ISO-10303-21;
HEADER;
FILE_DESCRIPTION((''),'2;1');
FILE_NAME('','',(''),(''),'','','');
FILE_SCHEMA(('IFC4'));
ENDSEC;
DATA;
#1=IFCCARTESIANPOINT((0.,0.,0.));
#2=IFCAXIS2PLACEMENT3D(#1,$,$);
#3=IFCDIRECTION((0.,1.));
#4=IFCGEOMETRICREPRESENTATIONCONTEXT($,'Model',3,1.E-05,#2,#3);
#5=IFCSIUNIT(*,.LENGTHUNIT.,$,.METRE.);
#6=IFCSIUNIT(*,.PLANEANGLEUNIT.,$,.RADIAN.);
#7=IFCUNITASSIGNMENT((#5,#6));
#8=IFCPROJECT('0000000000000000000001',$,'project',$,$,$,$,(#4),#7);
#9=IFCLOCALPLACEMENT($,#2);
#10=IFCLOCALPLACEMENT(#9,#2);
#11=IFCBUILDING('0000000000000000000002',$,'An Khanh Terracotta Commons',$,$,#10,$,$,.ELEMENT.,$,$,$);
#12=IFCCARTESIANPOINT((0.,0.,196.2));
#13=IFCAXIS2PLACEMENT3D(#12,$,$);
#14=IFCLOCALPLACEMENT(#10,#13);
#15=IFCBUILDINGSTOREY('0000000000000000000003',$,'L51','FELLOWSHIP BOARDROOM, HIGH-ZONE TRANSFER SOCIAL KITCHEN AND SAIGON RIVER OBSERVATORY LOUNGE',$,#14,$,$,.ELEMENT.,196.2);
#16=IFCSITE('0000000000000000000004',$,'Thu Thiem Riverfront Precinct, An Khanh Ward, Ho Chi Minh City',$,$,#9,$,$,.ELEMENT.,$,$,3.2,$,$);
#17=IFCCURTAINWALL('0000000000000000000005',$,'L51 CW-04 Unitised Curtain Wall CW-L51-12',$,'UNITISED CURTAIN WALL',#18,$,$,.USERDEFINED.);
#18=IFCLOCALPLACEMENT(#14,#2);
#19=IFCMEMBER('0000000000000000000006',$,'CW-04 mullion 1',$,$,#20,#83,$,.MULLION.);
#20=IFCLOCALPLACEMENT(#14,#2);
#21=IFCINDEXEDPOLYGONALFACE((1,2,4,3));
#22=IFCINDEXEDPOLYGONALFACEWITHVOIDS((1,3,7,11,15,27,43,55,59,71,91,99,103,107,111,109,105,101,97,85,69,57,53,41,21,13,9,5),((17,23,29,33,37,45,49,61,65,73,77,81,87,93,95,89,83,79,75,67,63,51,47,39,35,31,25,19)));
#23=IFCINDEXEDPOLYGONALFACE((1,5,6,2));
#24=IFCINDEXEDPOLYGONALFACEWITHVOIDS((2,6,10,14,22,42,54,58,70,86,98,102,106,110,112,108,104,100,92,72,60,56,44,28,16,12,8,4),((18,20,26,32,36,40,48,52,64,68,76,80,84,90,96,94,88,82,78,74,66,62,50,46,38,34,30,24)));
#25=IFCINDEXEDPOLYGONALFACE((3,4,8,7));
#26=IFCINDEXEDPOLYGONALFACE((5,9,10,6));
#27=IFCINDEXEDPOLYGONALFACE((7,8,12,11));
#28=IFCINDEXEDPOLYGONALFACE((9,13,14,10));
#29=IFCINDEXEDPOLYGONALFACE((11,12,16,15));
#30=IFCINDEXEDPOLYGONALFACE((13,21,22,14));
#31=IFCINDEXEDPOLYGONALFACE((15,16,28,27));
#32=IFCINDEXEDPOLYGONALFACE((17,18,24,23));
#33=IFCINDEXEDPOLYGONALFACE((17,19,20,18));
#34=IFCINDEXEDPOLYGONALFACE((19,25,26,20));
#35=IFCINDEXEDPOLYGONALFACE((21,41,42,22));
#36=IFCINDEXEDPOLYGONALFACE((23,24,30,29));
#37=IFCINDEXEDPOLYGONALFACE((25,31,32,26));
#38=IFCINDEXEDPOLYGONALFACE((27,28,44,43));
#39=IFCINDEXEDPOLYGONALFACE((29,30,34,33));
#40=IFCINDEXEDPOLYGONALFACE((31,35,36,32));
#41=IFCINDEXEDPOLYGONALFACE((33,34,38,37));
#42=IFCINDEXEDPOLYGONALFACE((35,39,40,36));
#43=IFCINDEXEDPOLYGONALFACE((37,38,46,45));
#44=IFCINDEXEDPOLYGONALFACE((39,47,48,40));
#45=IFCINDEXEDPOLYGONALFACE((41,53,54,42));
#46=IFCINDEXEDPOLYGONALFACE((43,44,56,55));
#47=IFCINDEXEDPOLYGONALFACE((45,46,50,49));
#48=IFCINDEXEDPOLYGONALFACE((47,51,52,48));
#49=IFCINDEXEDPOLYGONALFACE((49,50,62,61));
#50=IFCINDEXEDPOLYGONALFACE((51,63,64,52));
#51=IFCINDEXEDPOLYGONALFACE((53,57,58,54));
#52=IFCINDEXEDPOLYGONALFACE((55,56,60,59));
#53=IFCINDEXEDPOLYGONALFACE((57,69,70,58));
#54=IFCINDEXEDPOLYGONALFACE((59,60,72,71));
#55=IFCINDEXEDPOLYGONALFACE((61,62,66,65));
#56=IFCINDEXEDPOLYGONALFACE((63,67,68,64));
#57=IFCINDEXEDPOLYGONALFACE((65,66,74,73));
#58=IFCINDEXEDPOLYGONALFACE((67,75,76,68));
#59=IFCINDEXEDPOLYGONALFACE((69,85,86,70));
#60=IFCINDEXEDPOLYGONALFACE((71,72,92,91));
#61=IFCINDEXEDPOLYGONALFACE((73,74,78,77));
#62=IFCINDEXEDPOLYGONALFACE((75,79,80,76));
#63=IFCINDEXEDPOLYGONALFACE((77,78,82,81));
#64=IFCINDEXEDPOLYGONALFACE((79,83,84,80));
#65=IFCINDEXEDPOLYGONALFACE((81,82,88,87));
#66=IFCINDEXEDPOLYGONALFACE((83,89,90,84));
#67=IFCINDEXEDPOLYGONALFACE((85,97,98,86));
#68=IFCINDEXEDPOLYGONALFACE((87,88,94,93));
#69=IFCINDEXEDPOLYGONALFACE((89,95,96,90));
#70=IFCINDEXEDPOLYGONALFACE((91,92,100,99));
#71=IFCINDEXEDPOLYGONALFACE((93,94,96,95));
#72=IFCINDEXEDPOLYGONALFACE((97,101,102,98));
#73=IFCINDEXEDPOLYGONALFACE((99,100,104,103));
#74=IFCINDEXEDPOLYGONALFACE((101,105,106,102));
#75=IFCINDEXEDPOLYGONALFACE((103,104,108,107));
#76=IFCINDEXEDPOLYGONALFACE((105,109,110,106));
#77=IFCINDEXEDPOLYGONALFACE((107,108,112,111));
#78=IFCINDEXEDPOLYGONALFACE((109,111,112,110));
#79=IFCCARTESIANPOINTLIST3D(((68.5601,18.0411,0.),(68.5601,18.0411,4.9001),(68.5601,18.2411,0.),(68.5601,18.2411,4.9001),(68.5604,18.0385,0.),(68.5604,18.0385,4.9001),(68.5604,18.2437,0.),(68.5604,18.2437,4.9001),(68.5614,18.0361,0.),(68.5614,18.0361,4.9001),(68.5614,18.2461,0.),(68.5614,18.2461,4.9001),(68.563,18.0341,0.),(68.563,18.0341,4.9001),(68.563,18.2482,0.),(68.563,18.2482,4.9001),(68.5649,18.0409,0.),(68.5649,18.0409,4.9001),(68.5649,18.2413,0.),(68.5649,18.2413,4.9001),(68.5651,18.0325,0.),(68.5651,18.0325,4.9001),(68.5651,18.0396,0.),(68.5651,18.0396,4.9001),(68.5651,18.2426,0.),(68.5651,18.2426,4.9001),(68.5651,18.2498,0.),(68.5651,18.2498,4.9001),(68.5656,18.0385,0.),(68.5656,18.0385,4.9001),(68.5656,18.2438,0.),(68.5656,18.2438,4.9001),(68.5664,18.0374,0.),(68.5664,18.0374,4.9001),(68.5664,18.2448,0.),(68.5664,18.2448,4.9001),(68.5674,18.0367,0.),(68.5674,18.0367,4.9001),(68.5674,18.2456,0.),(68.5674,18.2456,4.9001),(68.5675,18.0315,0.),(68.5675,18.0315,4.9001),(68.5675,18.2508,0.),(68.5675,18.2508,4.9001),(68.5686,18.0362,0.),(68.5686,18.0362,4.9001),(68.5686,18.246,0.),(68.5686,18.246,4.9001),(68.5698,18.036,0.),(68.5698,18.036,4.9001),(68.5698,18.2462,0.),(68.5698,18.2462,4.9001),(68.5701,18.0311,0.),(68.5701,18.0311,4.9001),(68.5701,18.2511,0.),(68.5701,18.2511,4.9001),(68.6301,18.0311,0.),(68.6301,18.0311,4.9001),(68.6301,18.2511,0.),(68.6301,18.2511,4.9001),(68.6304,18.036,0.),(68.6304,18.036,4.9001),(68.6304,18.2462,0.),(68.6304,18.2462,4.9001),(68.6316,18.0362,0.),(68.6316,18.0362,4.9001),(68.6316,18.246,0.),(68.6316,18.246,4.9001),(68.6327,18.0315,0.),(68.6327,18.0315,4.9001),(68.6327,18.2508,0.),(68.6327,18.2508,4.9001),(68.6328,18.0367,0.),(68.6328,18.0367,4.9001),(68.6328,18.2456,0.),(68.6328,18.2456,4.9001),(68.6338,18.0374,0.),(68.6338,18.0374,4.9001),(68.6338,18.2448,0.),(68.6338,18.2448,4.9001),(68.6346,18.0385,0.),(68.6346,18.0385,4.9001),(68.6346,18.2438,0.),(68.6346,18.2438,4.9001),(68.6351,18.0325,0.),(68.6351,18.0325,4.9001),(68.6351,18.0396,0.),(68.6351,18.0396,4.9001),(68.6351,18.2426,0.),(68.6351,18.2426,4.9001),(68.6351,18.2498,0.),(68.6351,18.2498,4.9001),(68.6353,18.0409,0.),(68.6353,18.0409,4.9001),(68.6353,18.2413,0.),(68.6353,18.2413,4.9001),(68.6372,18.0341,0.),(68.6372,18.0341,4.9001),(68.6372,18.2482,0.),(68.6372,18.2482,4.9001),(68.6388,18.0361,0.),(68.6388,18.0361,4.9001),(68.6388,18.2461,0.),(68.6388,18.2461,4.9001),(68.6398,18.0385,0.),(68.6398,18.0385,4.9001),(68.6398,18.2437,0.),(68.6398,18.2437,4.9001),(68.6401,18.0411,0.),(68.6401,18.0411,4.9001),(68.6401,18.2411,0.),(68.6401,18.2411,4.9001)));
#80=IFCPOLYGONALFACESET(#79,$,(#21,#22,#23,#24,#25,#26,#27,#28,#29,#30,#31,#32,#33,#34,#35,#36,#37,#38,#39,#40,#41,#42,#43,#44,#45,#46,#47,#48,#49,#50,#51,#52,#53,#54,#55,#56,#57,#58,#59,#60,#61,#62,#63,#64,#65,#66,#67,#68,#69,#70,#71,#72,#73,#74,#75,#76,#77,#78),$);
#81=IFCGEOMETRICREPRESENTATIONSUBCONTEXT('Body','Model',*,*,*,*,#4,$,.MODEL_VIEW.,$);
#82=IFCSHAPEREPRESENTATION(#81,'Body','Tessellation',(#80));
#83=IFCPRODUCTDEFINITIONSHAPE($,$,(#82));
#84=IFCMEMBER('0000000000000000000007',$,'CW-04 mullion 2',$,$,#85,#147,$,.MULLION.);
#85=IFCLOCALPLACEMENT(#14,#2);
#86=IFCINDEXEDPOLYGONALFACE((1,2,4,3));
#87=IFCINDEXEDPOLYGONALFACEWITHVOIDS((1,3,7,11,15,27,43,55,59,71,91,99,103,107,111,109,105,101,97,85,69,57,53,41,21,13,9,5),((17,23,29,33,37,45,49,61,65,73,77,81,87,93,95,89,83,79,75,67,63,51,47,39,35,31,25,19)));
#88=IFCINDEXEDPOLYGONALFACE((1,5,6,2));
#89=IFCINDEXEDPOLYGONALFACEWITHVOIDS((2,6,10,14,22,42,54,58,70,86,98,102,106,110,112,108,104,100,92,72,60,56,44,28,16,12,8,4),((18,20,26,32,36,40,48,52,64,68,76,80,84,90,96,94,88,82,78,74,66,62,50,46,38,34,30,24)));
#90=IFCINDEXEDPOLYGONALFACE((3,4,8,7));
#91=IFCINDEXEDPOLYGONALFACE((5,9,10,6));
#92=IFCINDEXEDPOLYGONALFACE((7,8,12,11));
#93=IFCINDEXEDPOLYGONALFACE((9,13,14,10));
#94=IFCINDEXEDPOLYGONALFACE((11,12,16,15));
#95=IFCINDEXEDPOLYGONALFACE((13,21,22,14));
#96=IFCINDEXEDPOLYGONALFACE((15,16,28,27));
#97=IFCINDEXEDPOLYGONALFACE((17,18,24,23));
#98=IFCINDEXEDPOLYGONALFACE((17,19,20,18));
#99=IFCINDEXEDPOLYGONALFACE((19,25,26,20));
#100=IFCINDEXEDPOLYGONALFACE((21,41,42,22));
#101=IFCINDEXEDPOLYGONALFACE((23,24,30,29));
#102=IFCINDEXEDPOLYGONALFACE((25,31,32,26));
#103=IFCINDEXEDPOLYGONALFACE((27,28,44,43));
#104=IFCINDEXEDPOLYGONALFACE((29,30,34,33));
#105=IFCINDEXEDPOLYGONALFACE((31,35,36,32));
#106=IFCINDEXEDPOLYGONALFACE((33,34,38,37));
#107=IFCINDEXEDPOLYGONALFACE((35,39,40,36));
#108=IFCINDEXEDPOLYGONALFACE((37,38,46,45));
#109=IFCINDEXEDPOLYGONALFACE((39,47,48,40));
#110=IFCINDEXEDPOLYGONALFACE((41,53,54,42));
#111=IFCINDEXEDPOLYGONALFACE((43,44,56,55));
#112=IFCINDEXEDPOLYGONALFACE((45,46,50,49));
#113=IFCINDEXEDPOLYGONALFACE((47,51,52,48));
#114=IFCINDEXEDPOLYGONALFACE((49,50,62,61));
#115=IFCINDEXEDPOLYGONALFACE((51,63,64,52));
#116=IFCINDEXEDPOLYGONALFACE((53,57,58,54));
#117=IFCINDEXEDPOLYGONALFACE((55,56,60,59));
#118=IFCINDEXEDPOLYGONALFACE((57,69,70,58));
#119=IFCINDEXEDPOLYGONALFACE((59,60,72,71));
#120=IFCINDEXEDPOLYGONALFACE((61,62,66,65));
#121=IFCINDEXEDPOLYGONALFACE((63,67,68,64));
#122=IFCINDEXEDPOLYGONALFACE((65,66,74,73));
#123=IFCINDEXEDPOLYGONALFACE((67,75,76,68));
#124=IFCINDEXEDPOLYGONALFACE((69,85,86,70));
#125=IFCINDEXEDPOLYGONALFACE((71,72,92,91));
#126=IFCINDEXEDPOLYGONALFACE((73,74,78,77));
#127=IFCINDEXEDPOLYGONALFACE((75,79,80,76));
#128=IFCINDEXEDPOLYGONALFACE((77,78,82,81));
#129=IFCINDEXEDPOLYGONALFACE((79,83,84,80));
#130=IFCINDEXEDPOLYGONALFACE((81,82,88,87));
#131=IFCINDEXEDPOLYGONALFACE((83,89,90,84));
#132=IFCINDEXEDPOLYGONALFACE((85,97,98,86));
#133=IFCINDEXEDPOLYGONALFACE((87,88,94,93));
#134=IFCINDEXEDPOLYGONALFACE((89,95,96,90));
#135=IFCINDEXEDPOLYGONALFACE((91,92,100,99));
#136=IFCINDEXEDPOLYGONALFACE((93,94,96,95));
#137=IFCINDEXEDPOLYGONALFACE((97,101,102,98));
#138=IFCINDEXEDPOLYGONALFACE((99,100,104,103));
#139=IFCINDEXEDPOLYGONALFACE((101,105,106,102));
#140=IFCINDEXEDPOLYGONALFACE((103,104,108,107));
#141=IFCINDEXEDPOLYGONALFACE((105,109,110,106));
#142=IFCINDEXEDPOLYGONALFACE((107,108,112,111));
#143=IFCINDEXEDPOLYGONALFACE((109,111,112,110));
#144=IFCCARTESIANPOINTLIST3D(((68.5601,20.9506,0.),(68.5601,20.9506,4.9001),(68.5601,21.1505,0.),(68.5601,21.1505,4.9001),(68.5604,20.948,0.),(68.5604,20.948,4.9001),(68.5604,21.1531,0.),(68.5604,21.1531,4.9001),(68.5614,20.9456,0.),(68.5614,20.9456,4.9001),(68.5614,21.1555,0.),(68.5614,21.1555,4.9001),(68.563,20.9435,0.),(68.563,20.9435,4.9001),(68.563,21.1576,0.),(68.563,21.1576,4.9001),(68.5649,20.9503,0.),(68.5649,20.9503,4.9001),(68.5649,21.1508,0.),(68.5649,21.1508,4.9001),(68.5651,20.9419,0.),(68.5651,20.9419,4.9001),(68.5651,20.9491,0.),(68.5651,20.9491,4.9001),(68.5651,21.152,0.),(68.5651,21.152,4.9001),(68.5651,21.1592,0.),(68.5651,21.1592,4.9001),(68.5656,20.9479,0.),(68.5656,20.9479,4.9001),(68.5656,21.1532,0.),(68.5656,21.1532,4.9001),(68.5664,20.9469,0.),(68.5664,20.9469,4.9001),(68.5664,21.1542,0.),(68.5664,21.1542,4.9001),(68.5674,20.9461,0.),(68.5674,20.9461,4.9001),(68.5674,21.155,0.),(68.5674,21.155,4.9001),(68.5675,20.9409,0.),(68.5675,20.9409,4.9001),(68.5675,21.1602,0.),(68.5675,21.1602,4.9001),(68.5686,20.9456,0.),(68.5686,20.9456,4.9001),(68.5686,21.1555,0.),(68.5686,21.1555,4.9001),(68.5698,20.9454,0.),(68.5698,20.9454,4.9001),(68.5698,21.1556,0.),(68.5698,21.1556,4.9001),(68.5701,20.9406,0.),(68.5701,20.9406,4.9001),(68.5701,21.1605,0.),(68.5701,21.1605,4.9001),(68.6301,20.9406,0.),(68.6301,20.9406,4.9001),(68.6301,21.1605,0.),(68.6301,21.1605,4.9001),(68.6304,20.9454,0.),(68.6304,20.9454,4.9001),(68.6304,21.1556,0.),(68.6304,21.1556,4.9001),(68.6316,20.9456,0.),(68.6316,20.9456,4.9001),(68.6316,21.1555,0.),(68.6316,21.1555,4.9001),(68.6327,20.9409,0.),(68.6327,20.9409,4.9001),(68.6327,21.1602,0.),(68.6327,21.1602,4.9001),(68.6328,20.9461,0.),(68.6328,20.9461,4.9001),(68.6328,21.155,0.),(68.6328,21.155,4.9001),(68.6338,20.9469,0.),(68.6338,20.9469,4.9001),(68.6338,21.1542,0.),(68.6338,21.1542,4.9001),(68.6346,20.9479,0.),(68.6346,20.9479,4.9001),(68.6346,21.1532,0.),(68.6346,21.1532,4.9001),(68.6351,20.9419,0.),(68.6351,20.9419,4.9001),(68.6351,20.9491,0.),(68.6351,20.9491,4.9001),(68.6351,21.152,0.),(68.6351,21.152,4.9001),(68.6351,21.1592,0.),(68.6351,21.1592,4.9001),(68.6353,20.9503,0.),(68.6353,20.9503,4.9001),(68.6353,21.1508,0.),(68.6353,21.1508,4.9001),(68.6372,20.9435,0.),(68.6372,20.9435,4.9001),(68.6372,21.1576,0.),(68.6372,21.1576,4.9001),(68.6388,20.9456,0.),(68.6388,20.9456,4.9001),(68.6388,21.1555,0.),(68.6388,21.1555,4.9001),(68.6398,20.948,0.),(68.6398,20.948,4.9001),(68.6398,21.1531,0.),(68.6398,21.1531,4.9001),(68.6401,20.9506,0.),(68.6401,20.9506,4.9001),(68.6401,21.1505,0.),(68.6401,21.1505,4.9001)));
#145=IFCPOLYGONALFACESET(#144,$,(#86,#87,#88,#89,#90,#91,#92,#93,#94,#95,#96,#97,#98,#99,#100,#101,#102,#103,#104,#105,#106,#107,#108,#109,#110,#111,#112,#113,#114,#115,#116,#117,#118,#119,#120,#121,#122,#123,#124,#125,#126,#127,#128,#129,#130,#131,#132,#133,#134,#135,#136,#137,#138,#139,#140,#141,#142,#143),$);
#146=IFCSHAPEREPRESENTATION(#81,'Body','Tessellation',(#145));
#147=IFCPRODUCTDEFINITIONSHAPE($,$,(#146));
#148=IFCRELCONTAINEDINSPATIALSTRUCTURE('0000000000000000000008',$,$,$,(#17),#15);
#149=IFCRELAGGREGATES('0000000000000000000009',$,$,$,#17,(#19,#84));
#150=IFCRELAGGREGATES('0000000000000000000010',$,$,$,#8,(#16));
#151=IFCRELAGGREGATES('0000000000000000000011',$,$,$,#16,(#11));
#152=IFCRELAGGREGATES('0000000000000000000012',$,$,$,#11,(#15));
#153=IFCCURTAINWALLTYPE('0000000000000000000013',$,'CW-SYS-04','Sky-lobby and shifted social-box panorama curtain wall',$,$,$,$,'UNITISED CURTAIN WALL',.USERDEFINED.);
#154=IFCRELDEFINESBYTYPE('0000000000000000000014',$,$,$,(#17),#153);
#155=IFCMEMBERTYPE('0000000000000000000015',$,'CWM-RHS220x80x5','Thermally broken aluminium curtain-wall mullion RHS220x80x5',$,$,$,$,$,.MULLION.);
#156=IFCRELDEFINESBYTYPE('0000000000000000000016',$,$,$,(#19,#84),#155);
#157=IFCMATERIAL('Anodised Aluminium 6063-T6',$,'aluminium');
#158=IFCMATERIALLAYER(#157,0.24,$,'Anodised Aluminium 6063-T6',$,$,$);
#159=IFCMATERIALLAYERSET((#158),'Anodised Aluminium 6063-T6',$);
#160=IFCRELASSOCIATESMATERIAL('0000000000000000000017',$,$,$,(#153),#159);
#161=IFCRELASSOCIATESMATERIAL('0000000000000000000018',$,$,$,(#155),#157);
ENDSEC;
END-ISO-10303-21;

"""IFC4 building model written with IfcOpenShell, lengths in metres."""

from ifc_helpers import new_model, si_unit, direction, frame, origin, origin_2d, place, context, subcontext, project, spatial, hollow_rectangle, extrude, material, layer, layer_set, material_profile, profile_set, type_object, element, aggregate, save


model = new_model("IFC4")

# Units and contexts
model_context = context("Model", 3, precision=1e-05, world=origin(), true_north=direction((0.0, 1.0)))
body_context = subcontext(model_context, "Body", "Model", "MODEL_VIEW")
ifc_project = project(units=[si_unit("LENGTHUNIT", "METRE"), si_unit("PLANEANGLEUNIT", "RADIAN")], contexts=[model_context])

# Site, building, storey
site_placement = place(None, origin())
site = spatial("IfcSite", under=ifc_project, at=site_placement, Name="Thu Thiem Riverfront Precinct, An Khanh Ward, Ho Chi Minh City", CompositionType="ELEMENT", RefElevation=3.2)
building_placement = place(site_placement, origin())
building = spatial("IfcBuilding", under=site, at=building_placement, Name="An Khanh Terracotta Commons", CompositionType="ELEMENT")
storey_placement = place(building_placement, frame((0.0, 0.0, 196.2)))
storey = spatial("IfcBuildingStorey", under=building, at=storey_placement, Name="L51", Description="FELLOWSHIP BOARDROOM, HIGH-ZONE TRANSFER SOCIAL KITCHEN AND SAIGON RIVER OBSERVATORY LOUNGE", CompositionType="ELEMENT", Elevation=196.2)

# Shared definitions
ifc_material_1 = material(Name="Anodised Aluminium 6063-T6", Category="aluminium")
ifc_layer_1 = layer(ifc_material_1, 0.24, Name="Anodised Aluminium 6063-T6")
ifc_layer_set_1 = layer_set([ifc_layer_1], Name="Anodised Aluminium 6063-T6")
curtain_wall_type = type_object("IfcCurtainWallType", Name="CW-SYS-04", Description="Sky-lobby and shifted social-box panorama curtain wall", ElementType="UNITISED CURTAIN WALL", PredefinedType="USERDEFINED", material=ifc_layer_set_1)
ifc_material_profile_1 = material_profile(ifc_material_1, hollow_rectangle(XDim=0.0801, YDim=0.22, WallThickness=0.0049, InnerFilletRadius=0.0049, OuterFilletRadius=0.01, at=origin_2d()), Name="RHS220x80x5")
ifc_profile_set_1 = profile_set([ifc_material_profile_1], Name="Anodised Aluminium 6063-T6")
member_type_1 = type_object("IfcMemberType", Name="CWM-RHS220x80x5", Description="Thermally broken aluminium curtain-wall mullion RHS220x80x5", PredefinedType="MULLION", material=ifc_profile_set_1)

# Curtain wall, members
curtain_wall_1_placement = place(storey_placement, origin())
curtain_wall_1 = element("IfcCurtainWall", 1, at=curtain_wall_1_placement, inside=storey, type_object=curtain_wall_type, Name="L51 CW-04 Unitised Curtain Wall CW-L51-12", ObjectType="UNITISED CURTAIN WALL", PredefinedType="USERDEFINED")
member_1_placement = place(storey_placement, frame((68.6001, 18.1411, 0.0), z_axis=(0.0, 0.0, 1.0), x_axis=(-1.0, 0.0, 0.0)))
member_1 = element("IfcMember", 2, at=member_1_placement, type_object=member_type_1, Name="CW-04 mullion 1", PredefinedType="MULLION", context=body_context, shape_type="SweptSolid", body=[
    extrude(hollow_rectangle(XDim=0.0801, YDim=0.22, WallThickness=0.0049, InnerFilletRadius=0.0049, OuterFilletRadius=0.01, at=origin_2d()), origin(), (0.0, 0.0, 1.0), 4.9001),
])
member_2_placement = place(storey_placement, frame((68.6001, 21.0505, 0.0), z_axis=(0.0, 0.0, 1.0), x_axis=(-1.0, 0.0, 0.0)))
member_2 = element("IfcMember", 3, at=member_2_placement, type_object=member_type_1, Name="CW-04 mullion 2", PredefinedType="MULLION", context=body_context, shape_type="SweptSolid", body=[
    extrude(hollow_rectangle(XDim=0.0801, YDim=0.22, WallThickness=0.0049, InnerFilletRadius=0.0049, OuterFilletRadius=0.01, at=origin_2d()), origin(), (0.0, 0.0, 1.0), 4.9001),
])

aggregate(curtain_wall_1, [member_1, member_2])

save(model, "model.ifc")
